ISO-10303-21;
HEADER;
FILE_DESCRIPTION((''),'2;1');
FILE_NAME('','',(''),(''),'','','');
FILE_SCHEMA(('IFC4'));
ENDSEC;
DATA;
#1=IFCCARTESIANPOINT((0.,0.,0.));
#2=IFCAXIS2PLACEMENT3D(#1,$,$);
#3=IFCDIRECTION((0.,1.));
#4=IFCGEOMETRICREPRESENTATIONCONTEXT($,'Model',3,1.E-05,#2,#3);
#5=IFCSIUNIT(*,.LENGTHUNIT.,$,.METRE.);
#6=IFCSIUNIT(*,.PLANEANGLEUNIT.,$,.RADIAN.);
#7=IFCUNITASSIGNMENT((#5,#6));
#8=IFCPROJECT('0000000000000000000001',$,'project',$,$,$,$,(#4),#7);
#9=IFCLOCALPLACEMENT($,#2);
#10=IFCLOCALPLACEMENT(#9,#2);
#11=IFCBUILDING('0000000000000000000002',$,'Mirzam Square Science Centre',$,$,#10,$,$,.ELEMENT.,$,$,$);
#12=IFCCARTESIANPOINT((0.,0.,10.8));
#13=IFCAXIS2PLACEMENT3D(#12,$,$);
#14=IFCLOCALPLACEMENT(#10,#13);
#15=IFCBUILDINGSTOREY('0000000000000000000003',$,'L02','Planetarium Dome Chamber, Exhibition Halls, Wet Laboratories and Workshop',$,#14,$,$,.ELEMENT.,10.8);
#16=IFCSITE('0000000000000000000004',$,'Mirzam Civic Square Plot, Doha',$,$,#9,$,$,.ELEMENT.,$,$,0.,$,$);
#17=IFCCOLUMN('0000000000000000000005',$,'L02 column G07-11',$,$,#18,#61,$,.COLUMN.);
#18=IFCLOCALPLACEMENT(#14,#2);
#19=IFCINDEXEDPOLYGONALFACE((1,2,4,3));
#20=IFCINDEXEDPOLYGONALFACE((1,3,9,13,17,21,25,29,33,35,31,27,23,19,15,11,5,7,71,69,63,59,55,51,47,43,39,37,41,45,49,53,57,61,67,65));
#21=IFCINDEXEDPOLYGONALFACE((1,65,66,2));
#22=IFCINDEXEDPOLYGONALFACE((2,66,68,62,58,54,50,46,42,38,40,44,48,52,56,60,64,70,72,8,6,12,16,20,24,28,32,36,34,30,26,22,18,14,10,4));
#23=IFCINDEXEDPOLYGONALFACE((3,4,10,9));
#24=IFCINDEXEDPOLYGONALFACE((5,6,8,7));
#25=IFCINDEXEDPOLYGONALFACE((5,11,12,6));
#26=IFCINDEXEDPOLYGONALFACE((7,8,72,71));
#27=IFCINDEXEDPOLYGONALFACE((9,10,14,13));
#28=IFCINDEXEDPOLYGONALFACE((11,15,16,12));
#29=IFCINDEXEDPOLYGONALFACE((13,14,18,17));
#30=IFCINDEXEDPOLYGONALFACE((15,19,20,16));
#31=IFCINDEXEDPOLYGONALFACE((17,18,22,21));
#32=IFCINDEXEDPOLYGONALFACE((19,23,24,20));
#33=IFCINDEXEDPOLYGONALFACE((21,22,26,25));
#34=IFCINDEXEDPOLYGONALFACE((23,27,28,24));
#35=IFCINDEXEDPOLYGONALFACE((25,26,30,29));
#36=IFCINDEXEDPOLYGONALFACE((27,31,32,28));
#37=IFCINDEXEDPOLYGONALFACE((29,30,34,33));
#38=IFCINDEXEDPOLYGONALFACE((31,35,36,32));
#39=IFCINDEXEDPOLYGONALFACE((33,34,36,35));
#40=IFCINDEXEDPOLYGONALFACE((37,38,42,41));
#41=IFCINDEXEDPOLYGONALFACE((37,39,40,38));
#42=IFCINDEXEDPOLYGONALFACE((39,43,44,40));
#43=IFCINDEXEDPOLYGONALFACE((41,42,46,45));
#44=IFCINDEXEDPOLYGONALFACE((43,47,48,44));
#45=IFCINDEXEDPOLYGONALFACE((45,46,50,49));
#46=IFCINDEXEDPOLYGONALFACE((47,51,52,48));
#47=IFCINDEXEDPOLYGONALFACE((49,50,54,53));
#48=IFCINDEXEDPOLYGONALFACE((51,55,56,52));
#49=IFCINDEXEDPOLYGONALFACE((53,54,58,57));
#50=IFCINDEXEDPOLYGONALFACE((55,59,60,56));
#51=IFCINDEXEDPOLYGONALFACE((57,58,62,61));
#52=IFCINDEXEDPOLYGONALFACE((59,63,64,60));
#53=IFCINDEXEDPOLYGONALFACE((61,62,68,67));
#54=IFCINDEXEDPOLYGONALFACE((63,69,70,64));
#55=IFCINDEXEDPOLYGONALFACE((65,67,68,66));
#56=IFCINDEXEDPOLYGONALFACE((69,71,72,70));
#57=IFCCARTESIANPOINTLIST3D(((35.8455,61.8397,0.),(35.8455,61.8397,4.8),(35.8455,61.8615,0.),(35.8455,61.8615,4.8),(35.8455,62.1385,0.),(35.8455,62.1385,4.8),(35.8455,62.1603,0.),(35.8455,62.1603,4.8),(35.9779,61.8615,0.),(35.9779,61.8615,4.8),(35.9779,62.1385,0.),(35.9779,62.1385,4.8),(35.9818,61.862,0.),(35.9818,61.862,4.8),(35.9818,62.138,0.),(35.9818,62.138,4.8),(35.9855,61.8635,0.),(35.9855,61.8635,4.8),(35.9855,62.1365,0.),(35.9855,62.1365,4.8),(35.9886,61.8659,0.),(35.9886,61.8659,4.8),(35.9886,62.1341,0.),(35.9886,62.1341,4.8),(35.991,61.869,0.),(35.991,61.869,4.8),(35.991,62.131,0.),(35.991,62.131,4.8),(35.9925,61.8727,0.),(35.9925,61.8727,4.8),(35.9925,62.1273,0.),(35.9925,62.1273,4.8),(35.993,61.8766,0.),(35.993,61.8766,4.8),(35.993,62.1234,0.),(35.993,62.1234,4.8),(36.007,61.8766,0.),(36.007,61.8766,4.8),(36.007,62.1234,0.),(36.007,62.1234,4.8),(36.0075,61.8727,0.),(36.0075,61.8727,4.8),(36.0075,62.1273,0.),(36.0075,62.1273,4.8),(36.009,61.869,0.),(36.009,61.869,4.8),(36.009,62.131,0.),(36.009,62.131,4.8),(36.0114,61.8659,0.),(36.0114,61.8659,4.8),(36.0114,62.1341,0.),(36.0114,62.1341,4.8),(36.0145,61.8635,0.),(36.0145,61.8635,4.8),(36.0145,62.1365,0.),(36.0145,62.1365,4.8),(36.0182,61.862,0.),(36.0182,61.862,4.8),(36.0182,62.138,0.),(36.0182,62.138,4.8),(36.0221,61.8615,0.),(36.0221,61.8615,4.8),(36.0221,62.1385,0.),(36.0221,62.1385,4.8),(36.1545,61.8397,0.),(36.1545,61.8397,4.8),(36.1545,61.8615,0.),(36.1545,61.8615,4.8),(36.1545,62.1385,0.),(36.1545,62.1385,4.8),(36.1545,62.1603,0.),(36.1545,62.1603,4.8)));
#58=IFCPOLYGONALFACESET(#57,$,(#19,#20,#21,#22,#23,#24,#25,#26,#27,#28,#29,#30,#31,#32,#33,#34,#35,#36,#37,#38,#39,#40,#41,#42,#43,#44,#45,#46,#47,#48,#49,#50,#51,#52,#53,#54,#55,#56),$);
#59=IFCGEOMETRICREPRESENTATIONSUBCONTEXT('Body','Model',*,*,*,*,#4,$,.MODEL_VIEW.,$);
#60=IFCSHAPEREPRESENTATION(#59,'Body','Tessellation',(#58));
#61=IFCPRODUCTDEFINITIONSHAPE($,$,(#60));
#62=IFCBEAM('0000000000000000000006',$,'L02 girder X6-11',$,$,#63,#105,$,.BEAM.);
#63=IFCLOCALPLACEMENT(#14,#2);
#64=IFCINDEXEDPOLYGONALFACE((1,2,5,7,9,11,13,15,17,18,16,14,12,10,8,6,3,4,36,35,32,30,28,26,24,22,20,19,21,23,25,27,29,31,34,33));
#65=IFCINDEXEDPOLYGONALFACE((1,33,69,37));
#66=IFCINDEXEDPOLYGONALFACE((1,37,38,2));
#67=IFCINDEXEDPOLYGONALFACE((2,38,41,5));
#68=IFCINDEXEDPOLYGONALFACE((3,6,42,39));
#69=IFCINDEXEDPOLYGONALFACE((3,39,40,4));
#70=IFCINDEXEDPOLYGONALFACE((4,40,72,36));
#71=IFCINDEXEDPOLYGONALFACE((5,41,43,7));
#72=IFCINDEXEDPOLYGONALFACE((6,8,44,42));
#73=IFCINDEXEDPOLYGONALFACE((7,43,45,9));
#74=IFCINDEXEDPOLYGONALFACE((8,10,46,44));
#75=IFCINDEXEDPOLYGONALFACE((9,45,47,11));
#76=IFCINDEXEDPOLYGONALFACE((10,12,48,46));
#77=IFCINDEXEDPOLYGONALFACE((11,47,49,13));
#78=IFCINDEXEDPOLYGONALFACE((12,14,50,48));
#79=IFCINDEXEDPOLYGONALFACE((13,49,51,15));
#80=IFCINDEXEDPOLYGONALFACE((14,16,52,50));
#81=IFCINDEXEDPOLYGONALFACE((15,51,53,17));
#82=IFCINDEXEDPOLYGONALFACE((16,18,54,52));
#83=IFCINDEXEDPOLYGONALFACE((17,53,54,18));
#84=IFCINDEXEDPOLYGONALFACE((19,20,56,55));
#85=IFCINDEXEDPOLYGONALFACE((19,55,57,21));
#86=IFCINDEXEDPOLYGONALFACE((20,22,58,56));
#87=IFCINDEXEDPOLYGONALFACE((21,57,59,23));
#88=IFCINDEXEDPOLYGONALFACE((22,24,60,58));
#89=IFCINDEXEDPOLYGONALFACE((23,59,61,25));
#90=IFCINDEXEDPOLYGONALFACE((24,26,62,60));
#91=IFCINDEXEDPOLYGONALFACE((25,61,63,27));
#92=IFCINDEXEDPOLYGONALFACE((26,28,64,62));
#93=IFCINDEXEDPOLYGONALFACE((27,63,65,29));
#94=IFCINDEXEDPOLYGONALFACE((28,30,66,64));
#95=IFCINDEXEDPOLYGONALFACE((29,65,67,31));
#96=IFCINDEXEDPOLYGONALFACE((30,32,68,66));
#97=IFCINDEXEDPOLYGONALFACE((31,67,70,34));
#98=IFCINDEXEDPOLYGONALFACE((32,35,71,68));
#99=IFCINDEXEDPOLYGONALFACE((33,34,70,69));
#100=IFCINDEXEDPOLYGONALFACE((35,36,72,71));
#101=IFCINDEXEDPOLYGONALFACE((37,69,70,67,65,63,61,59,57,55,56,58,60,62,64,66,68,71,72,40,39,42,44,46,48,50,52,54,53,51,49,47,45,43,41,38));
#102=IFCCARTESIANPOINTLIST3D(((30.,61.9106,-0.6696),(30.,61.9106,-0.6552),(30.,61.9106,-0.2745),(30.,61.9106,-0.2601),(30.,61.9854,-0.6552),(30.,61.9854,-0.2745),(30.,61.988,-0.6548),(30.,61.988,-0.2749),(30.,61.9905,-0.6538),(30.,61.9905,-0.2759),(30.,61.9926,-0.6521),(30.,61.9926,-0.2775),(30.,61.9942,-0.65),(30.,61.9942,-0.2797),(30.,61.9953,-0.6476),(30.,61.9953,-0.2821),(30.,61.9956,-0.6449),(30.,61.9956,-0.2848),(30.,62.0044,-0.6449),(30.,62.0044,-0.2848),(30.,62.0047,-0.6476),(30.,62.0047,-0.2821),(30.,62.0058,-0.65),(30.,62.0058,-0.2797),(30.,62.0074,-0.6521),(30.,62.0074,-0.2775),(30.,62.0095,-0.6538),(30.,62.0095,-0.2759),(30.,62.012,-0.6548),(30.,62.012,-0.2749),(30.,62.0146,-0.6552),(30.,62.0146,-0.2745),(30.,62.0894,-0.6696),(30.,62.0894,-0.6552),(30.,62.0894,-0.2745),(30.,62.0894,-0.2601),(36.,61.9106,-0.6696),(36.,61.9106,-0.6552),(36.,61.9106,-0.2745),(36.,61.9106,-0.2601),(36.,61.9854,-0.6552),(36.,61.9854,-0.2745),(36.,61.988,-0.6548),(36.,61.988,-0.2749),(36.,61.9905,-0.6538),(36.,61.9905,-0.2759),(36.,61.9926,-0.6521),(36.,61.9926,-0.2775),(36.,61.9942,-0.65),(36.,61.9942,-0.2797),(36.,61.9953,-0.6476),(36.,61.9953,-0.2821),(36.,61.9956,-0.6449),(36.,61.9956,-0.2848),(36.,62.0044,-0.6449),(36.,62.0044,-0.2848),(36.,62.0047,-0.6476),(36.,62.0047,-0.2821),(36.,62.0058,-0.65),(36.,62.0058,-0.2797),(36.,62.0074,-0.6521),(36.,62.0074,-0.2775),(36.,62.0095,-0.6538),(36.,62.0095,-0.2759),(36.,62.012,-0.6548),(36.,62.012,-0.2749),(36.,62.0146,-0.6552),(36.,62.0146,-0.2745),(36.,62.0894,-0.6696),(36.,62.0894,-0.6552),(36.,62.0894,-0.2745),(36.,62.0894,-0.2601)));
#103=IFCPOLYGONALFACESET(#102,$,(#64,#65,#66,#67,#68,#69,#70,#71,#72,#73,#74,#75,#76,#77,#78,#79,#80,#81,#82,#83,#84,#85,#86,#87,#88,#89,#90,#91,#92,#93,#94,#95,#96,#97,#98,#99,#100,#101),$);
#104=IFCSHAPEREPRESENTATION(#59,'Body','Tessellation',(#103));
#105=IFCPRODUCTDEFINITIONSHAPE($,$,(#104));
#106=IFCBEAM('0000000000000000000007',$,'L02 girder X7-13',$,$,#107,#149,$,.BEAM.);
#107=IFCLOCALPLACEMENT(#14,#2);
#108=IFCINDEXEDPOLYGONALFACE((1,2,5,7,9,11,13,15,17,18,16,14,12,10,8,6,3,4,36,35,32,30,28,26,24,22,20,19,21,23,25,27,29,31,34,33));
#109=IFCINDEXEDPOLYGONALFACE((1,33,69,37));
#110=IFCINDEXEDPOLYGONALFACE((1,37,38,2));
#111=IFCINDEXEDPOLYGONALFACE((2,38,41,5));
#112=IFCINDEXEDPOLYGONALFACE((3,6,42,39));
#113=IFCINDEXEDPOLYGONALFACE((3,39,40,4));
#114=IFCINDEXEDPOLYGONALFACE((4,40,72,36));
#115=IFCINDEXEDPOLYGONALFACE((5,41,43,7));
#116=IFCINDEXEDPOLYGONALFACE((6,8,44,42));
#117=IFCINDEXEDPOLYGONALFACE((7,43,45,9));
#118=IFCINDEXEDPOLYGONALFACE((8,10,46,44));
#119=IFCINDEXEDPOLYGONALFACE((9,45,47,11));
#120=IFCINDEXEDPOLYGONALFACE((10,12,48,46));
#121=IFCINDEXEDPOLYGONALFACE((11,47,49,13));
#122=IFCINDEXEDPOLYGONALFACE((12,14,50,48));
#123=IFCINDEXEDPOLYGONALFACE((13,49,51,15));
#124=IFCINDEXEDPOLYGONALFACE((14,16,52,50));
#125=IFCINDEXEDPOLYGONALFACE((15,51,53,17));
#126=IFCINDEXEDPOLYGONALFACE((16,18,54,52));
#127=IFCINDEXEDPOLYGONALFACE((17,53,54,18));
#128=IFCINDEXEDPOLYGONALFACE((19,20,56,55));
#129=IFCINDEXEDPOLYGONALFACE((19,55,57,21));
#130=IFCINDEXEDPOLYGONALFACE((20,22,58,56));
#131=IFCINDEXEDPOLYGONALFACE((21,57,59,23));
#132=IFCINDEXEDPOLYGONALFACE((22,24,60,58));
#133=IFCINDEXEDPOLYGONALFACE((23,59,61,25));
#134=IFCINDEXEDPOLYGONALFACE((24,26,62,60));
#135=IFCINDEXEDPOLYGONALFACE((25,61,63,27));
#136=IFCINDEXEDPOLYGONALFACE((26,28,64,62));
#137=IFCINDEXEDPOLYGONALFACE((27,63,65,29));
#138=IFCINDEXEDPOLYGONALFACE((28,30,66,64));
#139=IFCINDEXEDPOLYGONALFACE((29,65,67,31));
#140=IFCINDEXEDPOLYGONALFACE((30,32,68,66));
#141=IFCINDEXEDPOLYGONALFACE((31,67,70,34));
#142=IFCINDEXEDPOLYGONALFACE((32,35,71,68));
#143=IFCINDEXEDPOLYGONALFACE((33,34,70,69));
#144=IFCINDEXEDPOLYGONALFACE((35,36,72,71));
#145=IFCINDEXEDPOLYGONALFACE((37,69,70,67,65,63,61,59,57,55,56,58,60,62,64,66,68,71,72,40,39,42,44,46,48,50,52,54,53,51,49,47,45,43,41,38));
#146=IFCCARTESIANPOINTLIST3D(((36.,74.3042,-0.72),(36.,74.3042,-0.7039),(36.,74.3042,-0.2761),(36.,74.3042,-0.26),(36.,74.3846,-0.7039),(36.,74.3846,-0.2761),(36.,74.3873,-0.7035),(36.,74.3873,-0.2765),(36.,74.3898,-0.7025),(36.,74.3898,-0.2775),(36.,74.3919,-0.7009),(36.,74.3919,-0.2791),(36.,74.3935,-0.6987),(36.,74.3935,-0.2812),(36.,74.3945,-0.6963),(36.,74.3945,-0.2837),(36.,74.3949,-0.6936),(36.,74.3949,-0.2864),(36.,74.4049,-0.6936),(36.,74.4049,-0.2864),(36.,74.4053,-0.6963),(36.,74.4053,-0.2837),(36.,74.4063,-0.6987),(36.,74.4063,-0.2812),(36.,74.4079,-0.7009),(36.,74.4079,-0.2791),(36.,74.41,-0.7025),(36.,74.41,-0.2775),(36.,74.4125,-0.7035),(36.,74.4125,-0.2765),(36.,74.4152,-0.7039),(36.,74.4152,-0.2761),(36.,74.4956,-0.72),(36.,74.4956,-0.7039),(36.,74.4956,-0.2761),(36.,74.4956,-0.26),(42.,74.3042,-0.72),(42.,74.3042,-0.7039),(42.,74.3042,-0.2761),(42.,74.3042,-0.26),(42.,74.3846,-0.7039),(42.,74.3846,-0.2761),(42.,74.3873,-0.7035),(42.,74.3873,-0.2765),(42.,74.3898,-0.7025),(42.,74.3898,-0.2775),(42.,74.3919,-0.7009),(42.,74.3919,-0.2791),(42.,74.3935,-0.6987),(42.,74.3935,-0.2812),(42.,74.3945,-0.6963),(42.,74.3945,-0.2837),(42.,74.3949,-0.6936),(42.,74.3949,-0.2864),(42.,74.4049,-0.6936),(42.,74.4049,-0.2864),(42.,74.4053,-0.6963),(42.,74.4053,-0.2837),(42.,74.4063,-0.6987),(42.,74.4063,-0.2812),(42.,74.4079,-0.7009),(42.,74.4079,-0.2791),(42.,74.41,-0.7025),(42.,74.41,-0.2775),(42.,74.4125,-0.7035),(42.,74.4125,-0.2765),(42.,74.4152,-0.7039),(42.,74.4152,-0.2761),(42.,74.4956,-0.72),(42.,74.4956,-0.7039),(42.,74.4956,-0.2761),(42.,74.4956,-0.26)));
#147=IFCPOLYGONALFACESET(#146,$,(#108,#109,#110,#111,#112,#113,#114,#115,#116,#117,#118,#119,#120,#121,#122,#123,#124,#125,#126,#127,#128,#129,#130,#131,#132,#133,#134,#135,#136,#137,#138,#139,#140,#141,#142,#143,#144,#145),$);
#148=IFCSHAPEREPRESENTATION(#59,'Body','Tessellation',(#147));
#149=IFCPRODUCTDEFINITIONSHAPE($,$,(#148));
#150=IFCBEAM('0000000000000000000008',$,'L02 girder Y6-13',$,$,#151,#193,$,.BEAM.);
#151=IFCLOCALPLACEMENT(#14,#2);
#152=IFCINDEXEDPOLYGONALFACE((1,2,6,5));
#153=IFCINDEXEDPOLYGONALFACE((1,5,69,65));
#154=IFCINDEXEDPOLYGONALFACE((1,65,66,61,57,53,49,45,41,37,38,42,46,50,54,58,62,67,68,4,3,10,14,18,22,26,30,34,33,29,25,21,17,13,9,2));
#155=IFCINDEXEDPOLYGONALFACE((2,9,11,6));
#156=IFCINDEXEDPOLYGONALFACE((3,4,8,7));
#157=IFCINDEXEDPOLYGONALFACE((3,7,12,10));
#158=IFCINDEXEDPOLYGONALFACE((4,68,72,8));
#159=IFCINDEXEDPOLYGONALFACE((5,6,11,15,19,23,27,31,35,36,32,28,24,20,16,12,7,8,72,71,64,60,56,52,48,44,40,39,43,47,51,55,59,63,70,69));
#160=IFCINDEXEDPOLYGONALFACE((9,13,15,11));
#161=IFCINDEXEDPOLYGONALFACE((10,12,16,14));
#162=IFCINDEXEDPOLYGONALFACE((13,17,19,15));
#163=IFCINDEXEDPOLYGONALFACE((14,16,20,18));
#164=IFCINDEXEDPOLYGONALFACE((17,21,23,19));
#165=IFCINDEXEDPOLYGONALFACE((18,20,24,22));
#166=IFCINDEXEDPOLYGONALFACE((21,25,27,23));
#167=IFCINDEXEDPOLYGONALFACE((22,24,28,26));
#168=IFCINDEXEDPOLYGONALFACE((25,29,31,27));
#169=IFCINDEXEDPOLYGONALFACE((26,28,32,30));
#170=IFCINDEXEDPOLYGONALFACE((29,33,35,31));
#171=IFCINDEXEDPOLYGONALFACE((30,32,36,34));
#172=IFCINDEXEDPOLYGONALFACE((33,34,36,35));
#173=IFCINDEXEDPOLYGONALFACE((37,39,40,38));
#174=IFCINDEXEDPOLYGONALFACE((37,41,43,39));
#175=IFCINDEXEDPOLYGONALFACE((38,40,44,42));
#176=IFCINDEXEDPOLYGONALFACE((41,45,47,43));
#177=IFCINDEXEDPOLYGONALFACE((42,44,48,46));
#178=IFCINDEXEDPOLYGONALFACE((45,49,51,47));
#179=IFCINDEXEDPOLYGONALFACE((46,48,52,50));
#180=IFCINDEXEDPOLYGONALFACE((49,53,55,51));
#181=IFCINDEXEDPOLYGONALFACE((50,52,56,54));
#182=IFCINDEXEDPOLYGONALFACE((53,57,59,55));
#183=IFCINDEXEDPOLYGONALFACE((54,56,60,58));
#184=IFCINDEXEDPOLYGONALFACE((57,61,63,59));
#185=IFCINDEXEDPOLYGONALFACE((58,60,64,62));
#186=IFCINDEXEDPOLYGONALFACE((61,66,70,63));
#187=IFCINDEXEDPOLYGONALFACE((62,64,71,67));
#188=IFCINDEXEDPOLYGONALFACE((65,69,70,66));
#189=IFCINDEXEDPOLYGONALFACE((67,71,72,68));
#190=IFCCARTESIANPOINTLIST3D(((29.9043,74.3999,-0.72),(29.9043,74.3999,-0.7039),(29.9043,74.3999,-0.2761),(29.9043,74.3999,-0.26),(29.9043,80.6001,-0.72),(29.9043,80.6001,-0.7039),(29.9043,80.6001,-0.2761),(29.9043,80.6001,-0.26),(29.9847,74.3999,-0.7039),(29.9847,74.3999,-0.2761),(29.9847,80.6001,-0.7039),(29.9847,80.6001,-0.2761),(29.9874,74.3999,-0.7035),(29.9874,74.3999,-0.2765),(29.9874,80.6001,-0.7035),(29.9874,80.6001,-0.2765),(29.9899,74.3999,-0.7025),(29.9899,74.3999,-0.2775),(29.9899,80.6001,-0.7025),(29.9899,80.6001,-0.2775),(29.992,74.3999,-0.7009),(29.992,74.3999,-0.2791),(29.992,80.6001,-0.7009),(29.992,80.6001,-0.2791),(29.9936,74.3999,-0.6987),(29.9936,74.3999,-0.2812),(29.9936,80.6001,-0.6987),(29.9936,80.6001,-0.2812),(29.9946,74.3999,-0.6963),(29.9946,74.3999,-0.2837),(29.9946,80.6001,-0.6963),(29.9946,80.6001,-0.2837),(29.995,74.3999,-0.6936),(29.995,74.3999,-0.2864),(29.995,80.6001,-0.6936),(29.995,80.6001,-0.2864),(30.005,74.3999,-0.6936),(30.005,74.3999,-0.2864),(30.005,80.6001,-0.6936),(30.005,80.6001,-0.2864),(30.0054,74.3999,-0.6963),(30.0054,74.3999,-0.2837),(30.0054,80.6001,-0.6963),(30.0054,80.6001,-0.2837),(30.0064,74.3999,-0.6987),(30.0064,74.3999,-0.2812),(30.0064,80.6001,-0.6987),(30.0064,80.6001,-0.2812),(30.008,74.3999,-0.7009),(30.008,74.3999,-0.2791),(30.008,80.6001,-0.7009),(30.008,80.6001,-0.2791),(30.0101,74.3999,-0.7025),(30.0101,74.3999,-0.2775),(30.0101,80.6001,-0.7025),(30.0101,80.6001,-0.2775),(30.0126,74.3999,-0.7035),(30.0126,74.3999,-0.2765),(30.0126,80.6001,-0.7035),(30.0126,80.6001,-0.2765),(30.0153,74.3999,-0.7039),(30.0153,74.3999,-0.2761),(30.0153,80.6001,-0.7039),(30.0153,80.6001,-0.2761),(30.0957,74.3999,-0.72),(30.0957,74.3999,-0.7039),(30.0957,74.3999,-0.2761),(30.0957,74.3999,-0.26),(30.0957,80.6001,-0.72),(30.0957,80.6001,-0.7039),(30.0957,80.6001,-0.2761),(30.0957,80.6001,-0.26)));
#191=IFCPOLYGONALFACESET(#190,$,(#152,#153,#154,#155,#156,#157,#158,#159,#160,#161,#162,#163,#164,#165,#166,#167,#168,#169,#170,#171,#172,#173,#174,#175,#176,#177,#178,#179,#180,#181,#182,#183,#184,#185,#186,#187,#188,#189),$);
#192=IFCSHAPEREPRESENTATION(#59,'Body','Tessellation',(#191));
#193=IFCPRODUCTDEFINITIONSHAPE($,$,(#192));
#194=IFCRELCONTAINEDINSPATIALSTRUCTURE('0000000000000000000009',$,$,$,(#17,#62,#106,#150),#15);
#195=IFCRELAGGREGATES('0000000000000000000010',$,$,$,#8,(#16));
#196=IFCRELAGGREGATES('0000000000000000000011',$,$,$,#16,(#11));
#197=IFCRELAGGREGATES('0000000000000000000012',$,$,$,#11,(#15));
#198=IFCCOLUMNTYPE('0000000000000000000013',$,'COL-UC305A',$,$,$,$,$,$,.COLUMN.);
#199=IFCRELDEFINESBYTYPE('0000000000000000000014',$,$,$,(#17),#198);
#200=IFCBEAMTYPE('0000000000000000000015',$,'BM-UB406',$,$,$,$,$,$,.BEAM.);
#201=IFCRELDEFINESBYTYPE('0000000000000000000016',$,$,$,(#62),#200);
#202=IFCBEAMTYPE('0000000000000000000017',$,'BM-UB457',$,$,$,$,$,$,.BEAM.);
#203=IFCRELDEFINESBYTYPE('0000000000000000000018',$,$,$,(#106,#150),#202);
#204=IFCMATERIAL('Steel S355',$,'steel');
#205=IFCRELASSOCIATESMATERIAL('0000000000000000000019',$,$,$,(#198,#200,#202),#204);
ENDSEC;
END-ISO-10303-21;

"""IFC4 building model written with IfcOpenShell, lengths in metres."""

from ifc_helpers import new_model, si_unit, direction, frame, origin, origin_2d, place, context, subcontext, project, spatial, i_section, extrude, material, material_profile, profile_set, type_object, element, save


model = new_model("IFC4")

# Units and contexts
model_context = context("Model", 3, precision=1e-05, world=origin(), true_north=direction((0.0, 1.0)))
body_context = subcontext(model_context, "Body", "Model", "MODEL_VIEW")
ifc_project = project(units=[si_unit("LENGTHUNIT", "METRE"), si_unit("PLANEANGLEUNIT", "RADIAN")], contexts=[model_context])

# Site, building, storey
site_placement = place(None, origin())
site = spatial("IfcSite", under=ifc_project, at=site_placement, Name="Mirzam Civic Square Plot, Doha", CompositionType="ELEMENT", RefElevation=0.0)
building_placement = place(site_placement, origin())
building = spatial("IfcBuilding", under=site, at=building_placement, Name="Mirzam Square Science Centre", CompositionType="ELEMENT")
storey_placement = place(building_placement, frame((0.0, 0.0, 10.8)))
storey = spatial("IfcBuildingStorey", under=building, at=storey_placement, Name="L02", Description="Planetarium Dome Chamber, Exhibition Halls, Wet Laboratories and Workshop", CompositionType="ELEMENT", Elevation=10.8)

# Column
ifc_material_1 = material(Name="Steel S355", Category="steel")
ifc_material_profile_1 = material_profile(ifc_material_1, i_section(OverallWidth=0.3091, OverallDepth=0.3206, WebThickness=0.0139, FlangeThickness=0.0217, FilletRadius=0.0151, at=origin_2d()), Name="305x305x137UC")
ifc_profile_set_1 = profile_set([ifc_material_profile_1], Name="Steel S355")
column_type_1 = type_object("IfcColumnType", Name="COL-UC305A", PredefinedType="COLUMN", material=ifc_profile_set_1)
column_1_placement = place(storey_placement, frame((36.0, 62.0, 0.0), z_axis=(0.0, 0.0, 1.0), x_axis=(1.0, 0.0, 0.0)))
element("IfcColumn", 1, at=column_1_placement, inside=storey, type_object=column_type_1, Name="L02 column G07-11", PredefinedType="COLUMN", context=body_context, shape_type="SweptSolid", body=[
    extrude(i_section(OverallWidth=0.3091, OverallDepth=0.3206, WebThickness=0.0139, FlangeThickness=0.0217, FilletRadius=0.0151, at=origin_2d()), origin(), (0.0, 0.0, 1.0), 4.8),
])

# Beams
ifc_material_profile_2 = material_profile(ifc_material_1, i_section(OverallWidth=0.1787, OverallDepth=0.4094, WebThickness=0.0088, FlangeThickness=0.0144, FilletRadius=0.0103, at=origin_2d()), Name="406x178x67UB")
ifc_profile_set_2 = profile_set([ifc_material_profile_2], Name="Steel S355")
beam_type_1 = type_object("IfcBeamType", Name="BM-UB406", PredefinedType="BEAM", material=ifc_profile_set_2)
beam_1_placement = place(storey_placement, frame((30.0, 62.0, -0.4648), z_axis=(1.0, 0.0, 0.0), x_axis=(0.0, 1.0, 0.0)))
element("IfcBeam", 2, at=beam_1_placement, inside=storey, type_object=beam_type_1, Name="L02 girder X6-11", PredefinedType="BEAM", context=body_context, shape_type="SweptSolid", body=[
    extrude(i_section(OverallWidth=0.1787, OverallDepth=0.4094, WebThickness=0.0088, FlangeThickness=0.0144, FilletRadius=0.0103, at=origin_2d()), origin(), (0.0, 0.0, 1.0), 6.0),
])
ifc_material_profile_3 = material_profile(ifc_material_1, i_section(OverallWidth=0.1914, OverallDepth=0.46, WebThickness=0.01, FlangeThickness=0.0161, FilletRadius=0.0103, at=origin_2d()), Name="457x191x82UB")
ifc_profile_set_3 = profile_set([ifc_material_profile_3], Name="Steel S355")
beam_type_2 = type_object("IfcBeamType", Name="BM-UB457", PredefinedType="BEAM", material=ifc_profile_set_3)
beam_2_placement = place(storey_placement, frame((36.0, 74.3999, -0.49), z_axis=(1.0, 0.0, 0.0), x_axis=(0.0, 1.0, 0.0)))
element("IfcBeam", 3, at=beam_2_placement, inside=storey, type_object=beam_type_2, Name="L02 girder X7-13", PredefinedType="BEAM", context=body_context, shape_type="SweptSolid", body=[
    extrude(i_section(OverallWidth=0.1914, OverallDepth=0.46, WebThickness=0.01, FlangeThickness=0.0161, FilletRadius=0.0103, at=origin_2d()), origin(), (0.0, 0.0, 1.0), 6.0),
])
beam_3_placement = place(storey_placement, frame((30.0, 74.3999, -0.49), z_axis=(0.0, 1.0, 0.0), x_axis=(-1.0, 0.0, 0.0)))
element("IfcBeam", 4, at=beam_3_placement, inside=storey, type_object=beam_type_2, Name="L02 girder Y6-13", PredefinedType="BEAM", context=body_context, shape_type="SweptSolid", body=[
    extrude(i_section(OverallWidth=0.1914, OverallDepth=0.46, WebThickness=0.01, FlangeThickness=0.0161, FilletRadius=0.0103, at=origin_2d()), origin(), (0.0, 0.0, 1.0), 6.2002),
])

save(model, "model.ifc")
